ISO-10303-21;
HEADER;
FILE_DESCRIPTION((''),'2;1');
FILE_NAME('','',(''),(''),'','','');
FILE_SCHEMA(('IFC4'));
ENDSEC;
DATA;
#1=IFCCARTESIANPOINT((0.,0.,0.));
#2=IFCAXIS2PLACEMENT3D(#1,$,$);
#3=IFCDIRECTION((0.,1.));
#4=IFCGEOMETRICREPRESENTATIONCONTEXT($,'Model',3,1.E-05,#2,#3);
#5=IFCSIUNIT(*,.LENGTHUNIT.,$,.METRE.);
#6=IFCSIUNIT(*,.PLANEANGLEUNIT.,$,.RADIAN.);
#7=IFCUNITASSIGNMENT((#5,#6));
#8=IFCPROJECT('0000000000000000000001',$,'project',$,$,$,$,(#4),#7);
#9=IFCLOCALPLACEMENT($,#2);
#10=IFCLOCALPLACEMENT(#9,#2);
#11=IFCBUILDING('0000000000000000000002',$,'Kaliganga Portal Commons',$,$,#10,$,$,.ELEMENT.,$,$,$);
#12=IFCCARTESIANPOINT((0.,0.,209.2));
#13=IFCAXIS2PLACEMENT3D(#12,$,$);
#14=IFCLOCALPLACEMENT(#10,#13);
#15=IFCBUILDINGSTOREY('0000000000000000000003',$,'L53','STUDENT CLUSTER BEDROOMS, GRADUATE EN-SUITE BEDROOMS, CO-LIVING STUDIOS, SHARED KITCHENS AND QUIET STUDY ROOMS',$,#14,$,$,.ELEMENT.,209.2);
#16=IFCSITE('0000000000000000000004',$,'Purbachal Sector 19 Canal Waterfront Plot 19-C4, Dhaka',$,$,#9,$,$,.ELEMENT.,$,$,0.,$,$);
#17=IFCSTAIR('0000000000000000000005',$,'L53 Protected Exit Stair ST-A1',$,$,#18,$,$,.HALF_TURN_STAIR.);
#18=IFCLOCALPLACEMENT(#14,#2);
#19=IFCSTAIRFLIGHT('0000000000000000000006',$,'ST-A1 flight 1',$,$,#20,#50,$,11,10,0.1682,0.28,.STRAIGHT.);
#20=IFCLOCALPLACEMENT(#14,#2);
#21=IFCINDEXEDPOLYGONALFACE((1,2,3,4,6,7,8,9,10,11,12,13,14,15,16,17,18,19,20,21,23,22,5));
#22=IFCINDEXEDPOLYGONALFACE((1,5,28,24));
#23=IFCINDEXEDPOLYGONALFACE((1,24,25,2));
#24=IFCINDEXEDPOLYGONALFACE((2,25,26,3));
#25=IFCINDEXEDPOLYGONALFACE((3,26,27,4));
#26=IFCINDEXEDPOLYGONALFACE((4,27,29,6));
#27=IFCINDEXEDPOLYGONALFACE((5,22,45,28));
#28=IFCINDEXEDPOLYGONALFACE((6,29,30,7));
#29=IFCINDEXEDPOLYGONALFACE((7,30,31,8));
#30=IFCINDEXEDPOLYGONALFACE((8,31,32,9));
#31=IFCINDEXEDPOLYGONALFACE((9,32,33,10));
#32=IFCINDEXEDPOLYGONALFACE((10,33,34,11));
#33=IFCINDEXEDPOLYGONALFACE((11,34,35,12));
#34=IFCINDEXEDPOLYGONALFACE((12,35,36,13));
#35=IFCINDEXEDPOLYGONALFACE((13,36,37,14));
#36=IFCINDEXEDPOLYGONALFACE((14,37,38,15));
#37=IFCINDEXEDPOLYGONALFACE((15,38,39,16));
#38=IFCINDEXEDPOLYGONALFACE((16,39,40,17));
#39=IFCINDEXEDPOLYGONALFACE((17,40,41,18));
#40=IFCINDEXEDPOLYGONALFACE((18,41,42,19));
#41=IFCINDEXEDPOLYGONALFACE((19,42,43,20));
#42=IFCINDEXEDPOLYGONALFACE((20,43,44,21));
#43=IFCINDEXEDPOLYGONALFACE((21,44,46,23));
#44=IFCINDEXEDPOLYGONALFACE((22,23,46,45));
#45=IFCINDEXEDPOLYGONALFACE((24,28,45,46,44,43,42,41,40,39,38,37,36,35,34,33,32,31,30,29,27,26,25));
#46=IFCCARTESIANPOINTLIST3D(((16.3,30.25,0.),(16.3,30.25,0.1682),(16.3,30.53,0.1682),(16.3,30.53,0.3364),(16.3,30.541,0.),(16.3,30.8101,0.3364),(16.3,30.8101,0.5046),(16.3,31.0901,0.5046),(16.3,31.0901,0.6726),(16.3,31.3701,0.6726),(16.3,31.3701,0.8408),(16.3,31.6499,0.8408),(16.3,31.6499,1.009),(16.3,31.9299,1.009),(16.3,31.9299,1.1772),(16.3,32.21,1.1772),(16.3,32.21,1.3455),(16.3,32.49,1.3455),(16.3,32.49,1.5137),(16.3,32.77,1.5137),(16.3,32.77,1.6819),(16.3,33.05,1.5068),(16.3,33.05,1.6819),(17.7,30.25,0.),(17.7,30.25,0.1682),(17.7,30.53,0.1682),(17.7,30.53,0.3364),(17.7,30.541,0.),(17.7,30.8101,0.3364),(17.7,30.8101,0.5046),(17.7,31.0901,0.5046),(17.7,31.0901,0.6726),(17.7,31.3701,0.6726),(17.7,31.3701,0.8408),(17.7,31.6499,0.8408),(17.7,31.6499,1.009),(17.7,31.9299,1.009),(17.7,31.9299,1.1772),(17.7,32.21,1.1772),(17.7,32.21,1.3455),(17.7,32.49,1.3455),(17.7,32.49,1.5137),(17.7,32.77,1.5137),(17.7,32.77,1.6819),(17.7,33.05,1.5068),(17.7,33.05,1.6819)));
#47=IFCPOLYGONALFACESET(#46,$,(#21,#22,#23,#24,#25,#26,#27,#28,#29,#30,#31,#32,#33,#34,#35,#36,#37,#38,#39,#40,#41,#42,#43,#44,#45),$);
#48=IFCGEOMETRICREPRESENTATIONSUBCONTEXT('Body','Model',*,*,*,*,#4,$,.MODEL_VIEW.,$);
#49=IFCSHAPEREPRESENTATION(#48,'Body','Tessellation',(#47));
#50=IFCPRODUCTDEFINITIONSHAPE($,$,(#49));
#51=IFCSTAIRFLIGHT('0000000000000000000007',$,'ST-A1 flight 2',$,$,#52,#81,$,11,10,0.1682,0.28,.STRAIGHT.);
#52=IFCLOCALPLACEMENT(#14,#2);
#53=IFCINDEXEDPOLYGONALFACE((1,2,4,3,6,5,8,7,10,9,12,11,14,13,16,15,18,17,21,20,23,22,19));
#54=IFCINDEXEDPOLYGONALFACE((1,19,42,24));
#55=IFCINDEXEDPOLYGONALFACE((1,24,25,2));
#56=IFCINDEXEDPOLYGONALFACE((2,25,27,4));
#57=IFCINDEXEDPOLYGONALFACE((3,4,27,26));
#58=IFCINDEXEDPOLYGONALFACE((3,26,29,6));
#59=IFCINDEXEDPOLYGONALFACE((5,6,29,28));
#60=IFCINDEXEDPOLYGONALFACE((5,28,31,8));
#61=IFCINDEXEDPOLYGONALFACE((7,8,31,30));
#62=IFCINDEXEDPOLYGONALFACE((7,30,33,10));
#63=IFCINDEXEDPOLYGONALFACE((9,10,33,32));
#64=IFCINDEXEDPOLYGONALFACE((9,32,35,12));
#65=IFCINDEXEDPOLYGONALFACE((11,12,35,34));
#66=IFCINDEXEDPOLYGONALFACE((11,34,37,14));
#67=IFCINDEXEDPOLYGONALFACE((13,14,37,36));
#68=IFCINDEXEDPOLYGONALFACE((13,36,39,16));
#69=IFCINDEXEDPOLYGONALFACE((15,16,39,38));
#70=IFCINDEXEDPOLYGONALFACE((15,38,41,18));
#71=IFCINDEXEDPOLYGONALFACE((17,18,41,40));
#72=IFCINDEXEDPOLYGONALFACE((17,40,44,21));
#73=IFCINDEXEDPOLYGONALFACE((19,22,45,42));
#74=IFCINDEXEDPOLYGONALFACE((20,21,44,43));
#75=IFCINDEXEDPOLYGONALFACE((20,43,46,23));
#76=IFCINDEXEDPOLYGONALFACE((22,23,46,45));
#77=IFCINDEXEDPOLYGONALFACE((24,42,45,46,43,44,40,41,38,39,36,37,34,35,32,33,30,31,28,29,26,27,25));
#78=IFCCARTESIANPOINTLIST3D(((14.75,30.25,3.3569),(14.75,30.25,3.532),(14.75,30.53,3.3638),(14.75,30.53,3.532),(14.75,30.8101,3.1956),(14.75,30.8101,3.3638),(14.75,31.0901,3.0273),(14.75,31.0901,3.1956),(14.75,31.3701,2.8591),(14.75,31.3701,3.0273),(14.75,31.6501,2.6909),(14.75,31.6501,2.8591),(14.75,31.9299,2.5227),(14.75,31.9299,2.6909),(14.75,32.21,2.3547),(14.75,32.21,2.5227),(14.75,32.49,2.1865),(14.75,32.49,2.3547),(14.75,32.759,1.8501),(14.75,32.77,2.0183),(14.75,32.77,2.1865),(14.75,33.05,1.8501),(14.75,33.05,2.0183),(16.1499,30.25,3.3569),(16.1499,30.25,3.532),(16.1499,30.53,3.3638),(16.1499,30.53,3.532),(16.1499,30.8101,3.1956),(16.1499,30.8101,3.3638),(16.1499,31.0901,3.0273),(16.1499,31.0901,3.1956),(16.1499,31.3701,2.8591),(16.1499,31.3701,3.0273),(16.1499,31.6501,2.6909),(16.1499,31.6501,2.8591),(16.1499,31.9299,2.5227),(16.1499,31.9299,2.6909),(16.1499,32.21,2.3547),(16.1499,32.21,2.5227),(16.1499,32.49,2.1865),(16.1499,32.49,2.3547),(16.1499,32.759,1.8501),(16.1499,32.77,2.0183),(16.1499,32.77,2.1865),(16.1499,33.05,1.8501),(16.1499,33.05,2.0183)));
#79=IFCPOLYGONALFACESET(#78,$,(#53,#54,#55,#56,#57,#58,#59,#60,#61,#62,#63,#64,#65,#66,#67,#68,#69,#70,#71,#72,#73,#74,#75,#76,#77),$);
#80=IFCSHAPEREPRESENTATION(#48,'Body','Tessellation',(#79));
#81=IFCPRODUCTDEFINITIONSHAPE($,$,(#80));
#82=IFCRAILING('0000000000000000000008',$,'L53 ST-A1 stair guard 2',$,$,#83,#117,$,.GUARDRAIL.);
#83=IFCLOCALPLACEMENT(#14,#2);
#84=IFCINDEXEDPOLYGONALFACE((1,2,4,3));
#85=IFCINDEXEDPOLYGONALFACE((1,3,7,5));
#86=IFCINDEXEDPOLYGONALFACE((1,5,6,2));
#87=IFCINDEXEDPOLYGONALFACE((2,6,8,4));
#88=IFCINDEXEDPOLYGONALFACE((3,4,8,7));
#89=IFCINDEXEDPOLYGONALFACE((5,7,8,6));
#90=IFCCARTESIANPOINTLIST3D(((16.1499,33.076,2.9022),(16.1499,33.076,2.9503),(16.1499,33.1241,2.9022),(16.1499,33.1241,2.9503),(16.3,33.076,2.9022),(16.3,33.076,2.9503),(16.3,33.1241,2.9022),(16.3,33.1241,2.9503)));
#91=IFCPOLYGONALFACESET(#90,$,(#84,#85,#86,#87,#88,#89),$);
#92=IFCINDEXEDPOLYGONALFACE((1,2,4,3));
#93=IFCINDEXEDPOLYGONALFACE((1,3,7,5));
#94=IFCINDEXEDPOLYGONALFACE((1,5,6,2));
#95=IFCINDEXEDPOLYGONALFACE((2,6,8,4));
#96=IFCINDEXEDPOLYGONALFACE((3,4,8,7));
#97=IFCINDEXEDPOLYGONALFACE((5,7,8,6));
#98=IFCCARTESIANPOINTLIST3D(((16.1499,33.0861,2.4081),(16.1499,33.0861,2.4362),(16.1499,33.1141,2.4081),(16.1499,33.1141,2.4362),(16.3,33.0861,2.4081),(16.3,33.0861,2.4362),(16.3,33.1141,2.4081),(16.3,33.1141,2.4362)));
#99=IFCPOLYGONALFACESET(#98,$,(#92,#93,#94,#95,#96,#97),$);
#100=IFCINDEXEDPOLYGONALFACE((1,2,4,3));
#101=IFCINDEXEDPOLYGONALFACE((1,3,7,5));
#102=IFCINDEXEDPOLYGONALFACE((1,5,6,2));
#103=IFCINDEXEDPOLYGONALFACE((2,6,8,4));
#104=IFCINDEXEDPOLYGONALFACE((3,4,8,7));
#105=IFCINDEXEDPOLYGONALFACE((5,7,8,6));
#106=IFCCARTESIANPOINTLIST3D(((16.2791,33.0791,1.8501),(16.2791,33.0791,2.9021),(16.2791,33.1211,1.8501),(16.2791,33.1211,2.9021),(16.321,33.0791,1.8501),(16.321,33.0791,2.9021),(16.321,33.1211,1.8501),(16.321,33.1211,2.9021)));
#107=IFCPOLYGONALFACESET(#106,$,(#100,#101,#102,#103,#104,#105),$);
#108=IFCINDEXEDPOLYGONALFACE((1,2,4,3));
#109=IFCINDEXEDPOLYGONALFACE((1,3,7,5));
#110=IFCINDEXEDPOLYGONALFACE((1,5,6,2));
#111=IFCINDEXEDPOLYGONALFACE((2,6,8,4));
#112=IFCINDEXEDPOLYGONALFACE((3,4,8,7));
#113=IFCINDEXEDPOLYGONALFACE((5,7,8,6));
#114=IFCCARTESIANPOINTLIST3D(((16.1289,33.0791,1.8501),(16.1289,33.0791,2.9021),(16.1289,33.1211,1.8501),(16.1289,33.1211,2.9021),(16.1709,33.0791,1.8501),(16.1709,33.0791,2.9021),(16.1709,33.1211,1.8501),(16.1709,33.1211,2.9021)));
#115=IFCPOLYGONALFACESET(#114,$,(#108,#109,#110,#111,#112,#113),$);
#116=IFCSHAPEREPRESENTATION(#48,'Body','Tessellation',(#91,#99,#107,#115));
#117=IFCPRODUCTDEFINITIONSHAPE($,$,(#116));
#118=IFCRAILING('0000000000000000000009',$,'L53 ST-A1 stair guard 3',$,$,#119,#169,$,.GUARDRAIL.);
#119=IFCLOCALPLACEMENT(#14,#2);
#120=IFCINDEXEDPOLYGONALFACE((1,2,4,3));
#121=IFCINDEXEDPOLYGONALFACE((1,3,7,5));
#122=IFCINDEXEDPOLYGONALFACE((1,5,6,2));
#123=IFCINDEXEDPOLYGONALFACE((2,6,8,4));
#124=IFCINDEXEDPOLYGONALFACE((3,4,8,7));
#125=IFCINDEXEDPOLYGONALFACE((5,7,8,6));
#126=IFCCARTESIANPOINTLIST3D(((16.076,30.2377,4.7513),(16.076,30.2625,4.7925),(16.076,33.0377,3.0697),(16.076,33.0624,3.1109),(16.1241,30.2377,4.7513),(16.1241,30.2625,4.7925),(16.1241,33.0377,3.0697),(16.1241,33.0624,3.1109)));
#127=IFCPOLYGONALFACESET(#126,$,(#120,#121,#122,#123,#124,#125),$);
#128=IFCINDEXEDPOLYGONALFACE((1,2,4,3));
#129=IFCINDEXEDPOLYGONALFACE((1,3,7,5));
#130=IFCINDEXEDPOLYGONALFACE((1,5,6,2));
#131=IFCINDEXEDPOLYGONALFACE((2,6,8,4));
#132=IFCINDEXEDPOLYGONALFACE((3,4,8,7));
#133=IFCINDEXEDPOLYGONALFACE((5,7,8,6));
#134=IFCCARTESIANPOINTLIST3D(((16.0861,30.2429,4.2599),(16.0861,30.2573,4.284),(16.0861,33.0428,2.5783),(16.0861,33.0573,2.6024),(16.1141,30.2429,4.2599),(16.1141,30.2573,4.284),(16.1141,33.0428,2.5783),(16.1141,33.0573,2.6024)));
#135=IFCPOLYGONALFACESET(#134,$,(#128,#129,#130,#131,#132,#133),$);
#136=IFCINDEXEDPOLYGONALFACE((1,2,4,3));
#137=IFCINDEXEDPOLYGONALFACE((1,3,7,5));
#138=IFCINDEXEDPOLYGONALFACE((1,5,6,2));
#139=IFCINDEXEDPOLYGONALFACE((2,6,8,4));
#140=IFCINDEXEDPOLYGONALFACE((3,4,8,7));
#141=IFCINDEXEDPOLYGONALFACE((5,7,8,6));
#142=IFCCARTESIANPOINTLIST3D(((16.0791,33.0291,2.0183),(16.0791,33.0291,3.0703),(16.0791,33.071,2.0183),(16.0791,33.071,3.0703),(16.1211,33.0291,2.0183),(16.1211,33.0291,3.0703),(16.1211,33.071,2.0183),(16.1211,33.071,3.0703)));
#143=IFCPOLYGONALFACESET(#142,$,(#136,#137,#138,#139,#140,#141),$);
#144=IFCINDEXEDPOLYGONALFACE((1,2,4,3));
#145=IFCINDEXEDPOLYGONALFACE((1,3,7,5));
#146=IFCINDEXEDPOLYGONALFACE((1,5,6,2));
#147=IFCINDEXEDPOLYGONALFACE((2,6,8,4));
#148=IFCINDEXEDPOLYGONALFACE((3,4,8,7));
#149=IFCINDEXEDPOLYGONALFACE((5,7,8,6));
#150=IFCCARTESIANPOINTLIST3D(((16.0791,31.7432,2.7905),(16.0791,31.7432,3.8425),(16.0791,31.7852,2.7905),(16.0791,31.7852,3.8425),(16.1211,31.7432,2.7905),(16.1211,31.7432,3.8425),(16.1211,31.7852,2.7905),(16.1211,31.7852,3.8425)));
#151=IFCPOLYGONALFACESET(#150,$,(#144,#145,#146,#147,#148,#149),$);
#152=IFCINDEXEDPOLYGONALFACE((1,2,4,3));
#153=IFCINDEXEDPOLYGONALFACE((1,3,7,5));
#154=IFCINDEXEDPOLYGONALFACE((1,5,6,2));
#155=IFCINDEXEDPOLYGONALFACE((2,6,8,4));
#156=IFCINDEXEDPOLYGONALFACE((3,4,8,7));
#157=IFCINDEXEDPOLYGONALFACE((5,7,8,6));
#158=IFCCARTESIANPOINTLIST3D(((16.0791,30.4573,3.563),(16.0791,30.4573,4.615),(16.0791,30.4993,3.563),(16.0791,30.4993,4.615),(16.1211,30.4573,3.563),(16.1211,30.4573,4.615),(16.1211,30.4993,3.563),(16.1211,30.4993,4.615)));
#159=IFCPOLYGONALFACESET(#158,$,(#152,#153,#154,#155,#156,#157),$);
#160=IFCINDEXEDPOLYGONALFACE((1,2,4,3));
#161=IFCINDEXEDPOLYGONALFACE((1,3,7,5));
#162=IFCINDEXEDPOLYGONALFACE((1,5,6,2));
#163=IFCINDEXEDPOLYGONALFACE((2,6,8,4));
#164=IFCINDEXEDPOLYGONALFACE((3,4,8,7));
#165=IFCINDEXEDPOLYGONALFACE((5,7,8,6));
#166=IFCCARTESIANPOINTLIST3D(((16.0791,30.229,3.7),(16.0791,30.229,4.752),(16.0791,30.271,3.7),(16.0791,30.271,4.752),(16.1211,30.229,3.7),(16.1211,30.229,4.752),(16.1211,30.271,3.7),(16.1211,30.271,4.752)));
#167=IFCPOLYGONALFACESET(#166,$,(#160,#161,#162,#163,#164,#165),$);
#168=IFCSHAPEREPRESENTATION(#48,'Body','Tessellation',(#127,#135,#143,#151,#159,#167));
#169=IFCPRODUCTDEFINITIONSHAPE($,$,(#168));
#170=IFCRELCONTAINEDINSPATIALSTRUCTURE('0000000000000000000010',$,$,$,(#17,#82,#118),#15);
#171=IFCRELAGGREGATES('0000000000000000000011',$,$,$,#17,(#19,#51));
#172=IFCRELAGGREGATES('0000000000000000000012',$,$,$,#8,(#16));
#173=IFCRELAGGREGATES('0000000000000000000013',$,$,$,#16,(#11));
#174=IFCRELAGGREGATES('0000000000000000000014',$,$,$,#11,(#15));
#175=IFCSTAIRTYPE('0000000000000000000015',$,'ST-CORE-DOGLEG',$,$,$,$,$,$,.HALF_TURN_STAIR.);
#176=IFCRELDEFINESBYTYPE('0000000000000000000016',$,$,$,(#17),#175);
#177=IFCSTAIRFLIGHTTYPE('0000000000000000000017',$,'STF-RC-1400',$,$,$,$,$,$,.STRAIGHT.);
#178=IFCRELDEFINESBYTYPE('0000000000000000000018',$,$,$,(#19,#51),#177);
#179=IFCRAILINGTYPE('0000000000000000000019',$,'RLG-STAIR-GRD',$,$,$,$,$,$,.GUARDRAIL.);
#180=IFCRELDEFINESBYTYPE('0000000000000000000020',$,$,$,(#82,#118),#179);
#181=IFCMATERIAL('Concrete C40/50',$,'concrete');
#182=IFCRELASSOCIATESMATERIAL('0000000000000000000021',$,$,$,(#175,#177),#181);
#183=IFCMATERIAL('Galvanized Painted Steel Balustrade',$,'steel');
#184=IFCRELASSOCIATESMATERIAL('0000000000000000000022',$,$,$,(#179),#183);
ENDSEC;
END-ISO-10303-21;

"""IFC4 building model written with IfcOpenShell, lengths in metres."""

from ifc_helpers import new_model, si_unit, direction, frame, origin, origin_2d, place, context, subcontext, project, spatial, polyline, rectangle, outline, extrude, material, type_object, element, aggregate, save


model = new_model("IFC4")

# Units and contexts
model_context = context("Model", 3, precision=1e-05, world=origin(), true_north=direction((0.0, 1.0)))
body_context = subcontext(model_context, "Body", "Model", "MODEL_VIEW")
ifc_project = project(units=[si_unit("LENGTHUNIT", "METRE"), si_unit("PLANEANGLEUNIT", "RADIAN")], contexts=[model_context])

# Site, building, storey
site_placement = place(None, origin())
site = spatial("IfcSite", under=ifc_project, at=site_placement, Name="Purbachal Sector 19 Canal Waterfront Plot 19-C4, Dhaka", CompositionType="ELEMENT", RefElevation=0.0)
building_placement = place(site_placement, origin())
building = spatial("IfcBuilding", under=site, at=building_placement, Name="Kaliganga Portal Commons", CompositionType="ELEMENT")
storey_placement = place(building_placement, frame((0.0, 0.0, 209.2)))
storey = spatial("IfcBuildingStorey", under=building, at=storey_placement, Name="L53", Description="STUDENT CLUSTER BEDROOMS, GRADUATE EN-SUITE BEDROOMS, CO-LIVING STUDIOS, SHARED KITCHENS AND QUIET STUDY ROOMS", CompositionType="ELEMENT", Elevation=209.2)

# Stair, stair flights
ifc_material_1 = material(Name="Concrete C40/50", Category="concrete")
stair_type = type_object("IfcStairType", Name="ST-CORE-DOGLEG", PredefinedType="HALF_TURN_STAIR", material=ifc_material_1)
stair_placement = place(storey_placement, origin())
stair = element("IfcStair", 1, at=stair_placement, inside=storey, type_object=stair_type, Name="L53 Protected Exit Stair ST-A1", PredefinedType="HALF_TURN_STAIR")
stair_flight_type = type_object("IfcStairFlightType", Name="STF-RC-1400", PredefinedType="STRAIGHT", material=ifc_material_1)
stair_flight_1_placement = place(storey_placement, frame((17.0, 30.25, 0.0), z_axis=(0.0, 0.0, 1.0), x_axis=(0.0, 1.0, 0.0)))
stair_flight_1 = element("IfcStairFlight", 2, at=stair_flight_1_placement, type_object=stair_flight_type, Name="ST-A1 flight 1", NumberOfRisers=11, NumberOfTreads=10, PredefinedType="STRAIGHT", RiserHeight=0.1682, TreadLength=0.28, context=body_context, shape_type="SweptSolid", body=[
    extrude(outline(polyline([(0.0, 0.0), (0.0, 0.1682), (0.28, 0.1682), (0.28, 0.3364), (0.5601, 0.3364), (0.5601, 0.5046), (0.8401, 0.5046), (0.8401, 0.6726), (1.1201, 0.6726), (1.1201, 0.8408), (1.3999, 0.8408), (1.3999, 1.009), (1.6799, 1.009), (1.6799, 1.1772), (1.96, 1.1772), (1.96, 1.3455), (2.24, 1.3455), (2.24, 1.5137), (2.52, 1.5137), (2.52, 1.6819), (2.8, 1.6819), (2.8, 1.8501), (2.8, 1.5068), (0.291, 0.0), (0.0, 0.0)])), frame((0.0, 0.7, 0.0), z_axis=(0.0, -1.0, 0.0), x_axis=(1.0, 0.0, 0.0)), (0.0, 0.0, 1.0), 1.3999),
])
stair_flight_2_placement = place(storey_placement, frame((15.45, 33.05, 1.8501), z_axis=(0.0, 0.0, 1.0), x_axis=(0.0, -1.0, 0.0)))
stair_flight_2 = element("IfcStairFlight", 3, at=stair_flight_2_placement, type_object=stair_flight_type, Name="ST-A1 flight 2", NumberOfRisers=11, NumberOfTreads=10, PredefinedType="STRAIGHT", RiserHeight=0.1682, TreadLength=0.28, context=body_context, shape_type="SweptSolid", body=[
    extrude(outline(polyline([(0.0, 0.0), (0.0, 0.1682), (0.28, 0.1682), (0.28, 0.3364), (0.5601, 0.3364), (0.5601, 0.5046), (0.8401, 0.5046), (0.8401, 0.6726), (1.1201, 0.6726), (1.1201, 0.8408), (1.3999, 0.8408), (1.3999, 1.009), (1.6799, 1.009), (1.6799, 1.1772), (1.96, 1.1772), (1.96, 1.3455), (2.24, 1.3455), (2.24, 1.5137), (2.52, 1.5137), (2.52, 1.6819), (2.8, 1.6819), (2.8, 1.8501), (2.8, 1.5068), (0.291, 0.0), (0.0, 0.0)])), frame((0.0, 0.7, 0.0), z_axis=(0.0, -1.0, 0.0), x_axis=(1.0, 0.0, 0.0)), (0.0, 0.0, 1.0), 1.3999),
])
aggregate(stair, [stair_flight_1, stair_flight_2])

# Railings
ifc_material_2 = material(Name="Galvanized Painted Steel Balustrade", Category="steel")
railing_type_1 = type_object("IfcRailingType", Name="RLG-STAIR-GRD", PredefinedType="GUARDRAIL", material=ifc_material_2)
railing_1_placement = place(storey_placement, frame((16.3, 33.1001, 1.8501)))
element("IfcRailing", 4, at=railing_1_placement, inside=storey, type_object=railing_type_1, Name="L53 ST-A1 stair guard 2", PredefinedType="GUARDRAIL", context=body_context, shape_type="SweptSolid", body=[
    extrude(rectangle(XDim=0.0481, YDim=0.0481, at=origin_2d()), frame((0.0, 0.0, 1.0762), z_axis=(-1.0, 0.0, 0.0), x_axis=(0.0, -1.0, 0.0)), (0.0, 0.0, 1.0), 0.1501),
    extrude(rectangle(XDim=0.0281, YDim=0.0281, at=origin_2d()), frame((0.0, 0.0, 0.572), z_axis=(-1.0, 0.0, 0.0), x_axis=(0.0, -1.0, 0.0)), (0.0, 0.0, 1.0), 0.1501),
    extrude(rectangle(XDim=0.042, YDim=0.042, at=origin_2d()), origin(), (0.0, 0.0, 1.0), 1.052),
    extrude(rectangle(XDim=0.042, YDim=0.042, at=origin_2d()), frame((-0.1501, 0.0, 0.0)), (0.0, 0.0, 1.0), 1.052),
])
railing_2_placement = place(storey_placement, frame((16.1001, 33.05, 2.0183)))
element("IfcRailing", 5, at=railing_2_placement, inside=storey, type_object=railing_type_1, Name="L53 ST-A1 stair guard 3", PredefinedType="GUARDRAIL", context=body_context, shape_type="SweptSolid", body=[
    extrude(rectangle(XDim=0.0481, YDim=0.0481, at=origin_2d()), frame((0.0, 0.0, 1.072), z_axis=(0.0, -0.857275, 0.514858), x_axis=(1.0, 0.0, 0.0)), (0.0, 0.0, 1.0), 3.2661),
    extrude(rectangle(XDim=0.0281, YDim=0.0281, at=origin_2d()), frame((0.0, 0.0, 0.572), z_axis=(0.0, -0.857275, 0.514858), x_axis=(1.0, 0.0, 0.0)), (0.0, 0.0, 1.0), 3.2661),
    extrude(rectangle(XDim=0.042, YDim=0.042, at=origin_2d()), origin(), (0.0, 0.0, 1.0), 1.052),
    extrude(rectangle(XDim=0.042, YDim=0.042, at=origin_2d()), frame((0.0, -1.2859, 0.7722)), (0.0, 0.0, 1.0), 1.052),
    extrude(rectangle(XDim=0.042, YDim=0.042, at=origin_2d()), frame((0.0, -2.5718, 1.5447)), (0.0, 0.0, 1.0), 1.052),
    extrude(rectangle(XDim=0.042, YDim=0.042, at=origin_2d()), frame((0.0, -2.8, 1.6816)), (0.0, 0.0, 1.0), 1.052),
])

save(model, "model.ifc")
